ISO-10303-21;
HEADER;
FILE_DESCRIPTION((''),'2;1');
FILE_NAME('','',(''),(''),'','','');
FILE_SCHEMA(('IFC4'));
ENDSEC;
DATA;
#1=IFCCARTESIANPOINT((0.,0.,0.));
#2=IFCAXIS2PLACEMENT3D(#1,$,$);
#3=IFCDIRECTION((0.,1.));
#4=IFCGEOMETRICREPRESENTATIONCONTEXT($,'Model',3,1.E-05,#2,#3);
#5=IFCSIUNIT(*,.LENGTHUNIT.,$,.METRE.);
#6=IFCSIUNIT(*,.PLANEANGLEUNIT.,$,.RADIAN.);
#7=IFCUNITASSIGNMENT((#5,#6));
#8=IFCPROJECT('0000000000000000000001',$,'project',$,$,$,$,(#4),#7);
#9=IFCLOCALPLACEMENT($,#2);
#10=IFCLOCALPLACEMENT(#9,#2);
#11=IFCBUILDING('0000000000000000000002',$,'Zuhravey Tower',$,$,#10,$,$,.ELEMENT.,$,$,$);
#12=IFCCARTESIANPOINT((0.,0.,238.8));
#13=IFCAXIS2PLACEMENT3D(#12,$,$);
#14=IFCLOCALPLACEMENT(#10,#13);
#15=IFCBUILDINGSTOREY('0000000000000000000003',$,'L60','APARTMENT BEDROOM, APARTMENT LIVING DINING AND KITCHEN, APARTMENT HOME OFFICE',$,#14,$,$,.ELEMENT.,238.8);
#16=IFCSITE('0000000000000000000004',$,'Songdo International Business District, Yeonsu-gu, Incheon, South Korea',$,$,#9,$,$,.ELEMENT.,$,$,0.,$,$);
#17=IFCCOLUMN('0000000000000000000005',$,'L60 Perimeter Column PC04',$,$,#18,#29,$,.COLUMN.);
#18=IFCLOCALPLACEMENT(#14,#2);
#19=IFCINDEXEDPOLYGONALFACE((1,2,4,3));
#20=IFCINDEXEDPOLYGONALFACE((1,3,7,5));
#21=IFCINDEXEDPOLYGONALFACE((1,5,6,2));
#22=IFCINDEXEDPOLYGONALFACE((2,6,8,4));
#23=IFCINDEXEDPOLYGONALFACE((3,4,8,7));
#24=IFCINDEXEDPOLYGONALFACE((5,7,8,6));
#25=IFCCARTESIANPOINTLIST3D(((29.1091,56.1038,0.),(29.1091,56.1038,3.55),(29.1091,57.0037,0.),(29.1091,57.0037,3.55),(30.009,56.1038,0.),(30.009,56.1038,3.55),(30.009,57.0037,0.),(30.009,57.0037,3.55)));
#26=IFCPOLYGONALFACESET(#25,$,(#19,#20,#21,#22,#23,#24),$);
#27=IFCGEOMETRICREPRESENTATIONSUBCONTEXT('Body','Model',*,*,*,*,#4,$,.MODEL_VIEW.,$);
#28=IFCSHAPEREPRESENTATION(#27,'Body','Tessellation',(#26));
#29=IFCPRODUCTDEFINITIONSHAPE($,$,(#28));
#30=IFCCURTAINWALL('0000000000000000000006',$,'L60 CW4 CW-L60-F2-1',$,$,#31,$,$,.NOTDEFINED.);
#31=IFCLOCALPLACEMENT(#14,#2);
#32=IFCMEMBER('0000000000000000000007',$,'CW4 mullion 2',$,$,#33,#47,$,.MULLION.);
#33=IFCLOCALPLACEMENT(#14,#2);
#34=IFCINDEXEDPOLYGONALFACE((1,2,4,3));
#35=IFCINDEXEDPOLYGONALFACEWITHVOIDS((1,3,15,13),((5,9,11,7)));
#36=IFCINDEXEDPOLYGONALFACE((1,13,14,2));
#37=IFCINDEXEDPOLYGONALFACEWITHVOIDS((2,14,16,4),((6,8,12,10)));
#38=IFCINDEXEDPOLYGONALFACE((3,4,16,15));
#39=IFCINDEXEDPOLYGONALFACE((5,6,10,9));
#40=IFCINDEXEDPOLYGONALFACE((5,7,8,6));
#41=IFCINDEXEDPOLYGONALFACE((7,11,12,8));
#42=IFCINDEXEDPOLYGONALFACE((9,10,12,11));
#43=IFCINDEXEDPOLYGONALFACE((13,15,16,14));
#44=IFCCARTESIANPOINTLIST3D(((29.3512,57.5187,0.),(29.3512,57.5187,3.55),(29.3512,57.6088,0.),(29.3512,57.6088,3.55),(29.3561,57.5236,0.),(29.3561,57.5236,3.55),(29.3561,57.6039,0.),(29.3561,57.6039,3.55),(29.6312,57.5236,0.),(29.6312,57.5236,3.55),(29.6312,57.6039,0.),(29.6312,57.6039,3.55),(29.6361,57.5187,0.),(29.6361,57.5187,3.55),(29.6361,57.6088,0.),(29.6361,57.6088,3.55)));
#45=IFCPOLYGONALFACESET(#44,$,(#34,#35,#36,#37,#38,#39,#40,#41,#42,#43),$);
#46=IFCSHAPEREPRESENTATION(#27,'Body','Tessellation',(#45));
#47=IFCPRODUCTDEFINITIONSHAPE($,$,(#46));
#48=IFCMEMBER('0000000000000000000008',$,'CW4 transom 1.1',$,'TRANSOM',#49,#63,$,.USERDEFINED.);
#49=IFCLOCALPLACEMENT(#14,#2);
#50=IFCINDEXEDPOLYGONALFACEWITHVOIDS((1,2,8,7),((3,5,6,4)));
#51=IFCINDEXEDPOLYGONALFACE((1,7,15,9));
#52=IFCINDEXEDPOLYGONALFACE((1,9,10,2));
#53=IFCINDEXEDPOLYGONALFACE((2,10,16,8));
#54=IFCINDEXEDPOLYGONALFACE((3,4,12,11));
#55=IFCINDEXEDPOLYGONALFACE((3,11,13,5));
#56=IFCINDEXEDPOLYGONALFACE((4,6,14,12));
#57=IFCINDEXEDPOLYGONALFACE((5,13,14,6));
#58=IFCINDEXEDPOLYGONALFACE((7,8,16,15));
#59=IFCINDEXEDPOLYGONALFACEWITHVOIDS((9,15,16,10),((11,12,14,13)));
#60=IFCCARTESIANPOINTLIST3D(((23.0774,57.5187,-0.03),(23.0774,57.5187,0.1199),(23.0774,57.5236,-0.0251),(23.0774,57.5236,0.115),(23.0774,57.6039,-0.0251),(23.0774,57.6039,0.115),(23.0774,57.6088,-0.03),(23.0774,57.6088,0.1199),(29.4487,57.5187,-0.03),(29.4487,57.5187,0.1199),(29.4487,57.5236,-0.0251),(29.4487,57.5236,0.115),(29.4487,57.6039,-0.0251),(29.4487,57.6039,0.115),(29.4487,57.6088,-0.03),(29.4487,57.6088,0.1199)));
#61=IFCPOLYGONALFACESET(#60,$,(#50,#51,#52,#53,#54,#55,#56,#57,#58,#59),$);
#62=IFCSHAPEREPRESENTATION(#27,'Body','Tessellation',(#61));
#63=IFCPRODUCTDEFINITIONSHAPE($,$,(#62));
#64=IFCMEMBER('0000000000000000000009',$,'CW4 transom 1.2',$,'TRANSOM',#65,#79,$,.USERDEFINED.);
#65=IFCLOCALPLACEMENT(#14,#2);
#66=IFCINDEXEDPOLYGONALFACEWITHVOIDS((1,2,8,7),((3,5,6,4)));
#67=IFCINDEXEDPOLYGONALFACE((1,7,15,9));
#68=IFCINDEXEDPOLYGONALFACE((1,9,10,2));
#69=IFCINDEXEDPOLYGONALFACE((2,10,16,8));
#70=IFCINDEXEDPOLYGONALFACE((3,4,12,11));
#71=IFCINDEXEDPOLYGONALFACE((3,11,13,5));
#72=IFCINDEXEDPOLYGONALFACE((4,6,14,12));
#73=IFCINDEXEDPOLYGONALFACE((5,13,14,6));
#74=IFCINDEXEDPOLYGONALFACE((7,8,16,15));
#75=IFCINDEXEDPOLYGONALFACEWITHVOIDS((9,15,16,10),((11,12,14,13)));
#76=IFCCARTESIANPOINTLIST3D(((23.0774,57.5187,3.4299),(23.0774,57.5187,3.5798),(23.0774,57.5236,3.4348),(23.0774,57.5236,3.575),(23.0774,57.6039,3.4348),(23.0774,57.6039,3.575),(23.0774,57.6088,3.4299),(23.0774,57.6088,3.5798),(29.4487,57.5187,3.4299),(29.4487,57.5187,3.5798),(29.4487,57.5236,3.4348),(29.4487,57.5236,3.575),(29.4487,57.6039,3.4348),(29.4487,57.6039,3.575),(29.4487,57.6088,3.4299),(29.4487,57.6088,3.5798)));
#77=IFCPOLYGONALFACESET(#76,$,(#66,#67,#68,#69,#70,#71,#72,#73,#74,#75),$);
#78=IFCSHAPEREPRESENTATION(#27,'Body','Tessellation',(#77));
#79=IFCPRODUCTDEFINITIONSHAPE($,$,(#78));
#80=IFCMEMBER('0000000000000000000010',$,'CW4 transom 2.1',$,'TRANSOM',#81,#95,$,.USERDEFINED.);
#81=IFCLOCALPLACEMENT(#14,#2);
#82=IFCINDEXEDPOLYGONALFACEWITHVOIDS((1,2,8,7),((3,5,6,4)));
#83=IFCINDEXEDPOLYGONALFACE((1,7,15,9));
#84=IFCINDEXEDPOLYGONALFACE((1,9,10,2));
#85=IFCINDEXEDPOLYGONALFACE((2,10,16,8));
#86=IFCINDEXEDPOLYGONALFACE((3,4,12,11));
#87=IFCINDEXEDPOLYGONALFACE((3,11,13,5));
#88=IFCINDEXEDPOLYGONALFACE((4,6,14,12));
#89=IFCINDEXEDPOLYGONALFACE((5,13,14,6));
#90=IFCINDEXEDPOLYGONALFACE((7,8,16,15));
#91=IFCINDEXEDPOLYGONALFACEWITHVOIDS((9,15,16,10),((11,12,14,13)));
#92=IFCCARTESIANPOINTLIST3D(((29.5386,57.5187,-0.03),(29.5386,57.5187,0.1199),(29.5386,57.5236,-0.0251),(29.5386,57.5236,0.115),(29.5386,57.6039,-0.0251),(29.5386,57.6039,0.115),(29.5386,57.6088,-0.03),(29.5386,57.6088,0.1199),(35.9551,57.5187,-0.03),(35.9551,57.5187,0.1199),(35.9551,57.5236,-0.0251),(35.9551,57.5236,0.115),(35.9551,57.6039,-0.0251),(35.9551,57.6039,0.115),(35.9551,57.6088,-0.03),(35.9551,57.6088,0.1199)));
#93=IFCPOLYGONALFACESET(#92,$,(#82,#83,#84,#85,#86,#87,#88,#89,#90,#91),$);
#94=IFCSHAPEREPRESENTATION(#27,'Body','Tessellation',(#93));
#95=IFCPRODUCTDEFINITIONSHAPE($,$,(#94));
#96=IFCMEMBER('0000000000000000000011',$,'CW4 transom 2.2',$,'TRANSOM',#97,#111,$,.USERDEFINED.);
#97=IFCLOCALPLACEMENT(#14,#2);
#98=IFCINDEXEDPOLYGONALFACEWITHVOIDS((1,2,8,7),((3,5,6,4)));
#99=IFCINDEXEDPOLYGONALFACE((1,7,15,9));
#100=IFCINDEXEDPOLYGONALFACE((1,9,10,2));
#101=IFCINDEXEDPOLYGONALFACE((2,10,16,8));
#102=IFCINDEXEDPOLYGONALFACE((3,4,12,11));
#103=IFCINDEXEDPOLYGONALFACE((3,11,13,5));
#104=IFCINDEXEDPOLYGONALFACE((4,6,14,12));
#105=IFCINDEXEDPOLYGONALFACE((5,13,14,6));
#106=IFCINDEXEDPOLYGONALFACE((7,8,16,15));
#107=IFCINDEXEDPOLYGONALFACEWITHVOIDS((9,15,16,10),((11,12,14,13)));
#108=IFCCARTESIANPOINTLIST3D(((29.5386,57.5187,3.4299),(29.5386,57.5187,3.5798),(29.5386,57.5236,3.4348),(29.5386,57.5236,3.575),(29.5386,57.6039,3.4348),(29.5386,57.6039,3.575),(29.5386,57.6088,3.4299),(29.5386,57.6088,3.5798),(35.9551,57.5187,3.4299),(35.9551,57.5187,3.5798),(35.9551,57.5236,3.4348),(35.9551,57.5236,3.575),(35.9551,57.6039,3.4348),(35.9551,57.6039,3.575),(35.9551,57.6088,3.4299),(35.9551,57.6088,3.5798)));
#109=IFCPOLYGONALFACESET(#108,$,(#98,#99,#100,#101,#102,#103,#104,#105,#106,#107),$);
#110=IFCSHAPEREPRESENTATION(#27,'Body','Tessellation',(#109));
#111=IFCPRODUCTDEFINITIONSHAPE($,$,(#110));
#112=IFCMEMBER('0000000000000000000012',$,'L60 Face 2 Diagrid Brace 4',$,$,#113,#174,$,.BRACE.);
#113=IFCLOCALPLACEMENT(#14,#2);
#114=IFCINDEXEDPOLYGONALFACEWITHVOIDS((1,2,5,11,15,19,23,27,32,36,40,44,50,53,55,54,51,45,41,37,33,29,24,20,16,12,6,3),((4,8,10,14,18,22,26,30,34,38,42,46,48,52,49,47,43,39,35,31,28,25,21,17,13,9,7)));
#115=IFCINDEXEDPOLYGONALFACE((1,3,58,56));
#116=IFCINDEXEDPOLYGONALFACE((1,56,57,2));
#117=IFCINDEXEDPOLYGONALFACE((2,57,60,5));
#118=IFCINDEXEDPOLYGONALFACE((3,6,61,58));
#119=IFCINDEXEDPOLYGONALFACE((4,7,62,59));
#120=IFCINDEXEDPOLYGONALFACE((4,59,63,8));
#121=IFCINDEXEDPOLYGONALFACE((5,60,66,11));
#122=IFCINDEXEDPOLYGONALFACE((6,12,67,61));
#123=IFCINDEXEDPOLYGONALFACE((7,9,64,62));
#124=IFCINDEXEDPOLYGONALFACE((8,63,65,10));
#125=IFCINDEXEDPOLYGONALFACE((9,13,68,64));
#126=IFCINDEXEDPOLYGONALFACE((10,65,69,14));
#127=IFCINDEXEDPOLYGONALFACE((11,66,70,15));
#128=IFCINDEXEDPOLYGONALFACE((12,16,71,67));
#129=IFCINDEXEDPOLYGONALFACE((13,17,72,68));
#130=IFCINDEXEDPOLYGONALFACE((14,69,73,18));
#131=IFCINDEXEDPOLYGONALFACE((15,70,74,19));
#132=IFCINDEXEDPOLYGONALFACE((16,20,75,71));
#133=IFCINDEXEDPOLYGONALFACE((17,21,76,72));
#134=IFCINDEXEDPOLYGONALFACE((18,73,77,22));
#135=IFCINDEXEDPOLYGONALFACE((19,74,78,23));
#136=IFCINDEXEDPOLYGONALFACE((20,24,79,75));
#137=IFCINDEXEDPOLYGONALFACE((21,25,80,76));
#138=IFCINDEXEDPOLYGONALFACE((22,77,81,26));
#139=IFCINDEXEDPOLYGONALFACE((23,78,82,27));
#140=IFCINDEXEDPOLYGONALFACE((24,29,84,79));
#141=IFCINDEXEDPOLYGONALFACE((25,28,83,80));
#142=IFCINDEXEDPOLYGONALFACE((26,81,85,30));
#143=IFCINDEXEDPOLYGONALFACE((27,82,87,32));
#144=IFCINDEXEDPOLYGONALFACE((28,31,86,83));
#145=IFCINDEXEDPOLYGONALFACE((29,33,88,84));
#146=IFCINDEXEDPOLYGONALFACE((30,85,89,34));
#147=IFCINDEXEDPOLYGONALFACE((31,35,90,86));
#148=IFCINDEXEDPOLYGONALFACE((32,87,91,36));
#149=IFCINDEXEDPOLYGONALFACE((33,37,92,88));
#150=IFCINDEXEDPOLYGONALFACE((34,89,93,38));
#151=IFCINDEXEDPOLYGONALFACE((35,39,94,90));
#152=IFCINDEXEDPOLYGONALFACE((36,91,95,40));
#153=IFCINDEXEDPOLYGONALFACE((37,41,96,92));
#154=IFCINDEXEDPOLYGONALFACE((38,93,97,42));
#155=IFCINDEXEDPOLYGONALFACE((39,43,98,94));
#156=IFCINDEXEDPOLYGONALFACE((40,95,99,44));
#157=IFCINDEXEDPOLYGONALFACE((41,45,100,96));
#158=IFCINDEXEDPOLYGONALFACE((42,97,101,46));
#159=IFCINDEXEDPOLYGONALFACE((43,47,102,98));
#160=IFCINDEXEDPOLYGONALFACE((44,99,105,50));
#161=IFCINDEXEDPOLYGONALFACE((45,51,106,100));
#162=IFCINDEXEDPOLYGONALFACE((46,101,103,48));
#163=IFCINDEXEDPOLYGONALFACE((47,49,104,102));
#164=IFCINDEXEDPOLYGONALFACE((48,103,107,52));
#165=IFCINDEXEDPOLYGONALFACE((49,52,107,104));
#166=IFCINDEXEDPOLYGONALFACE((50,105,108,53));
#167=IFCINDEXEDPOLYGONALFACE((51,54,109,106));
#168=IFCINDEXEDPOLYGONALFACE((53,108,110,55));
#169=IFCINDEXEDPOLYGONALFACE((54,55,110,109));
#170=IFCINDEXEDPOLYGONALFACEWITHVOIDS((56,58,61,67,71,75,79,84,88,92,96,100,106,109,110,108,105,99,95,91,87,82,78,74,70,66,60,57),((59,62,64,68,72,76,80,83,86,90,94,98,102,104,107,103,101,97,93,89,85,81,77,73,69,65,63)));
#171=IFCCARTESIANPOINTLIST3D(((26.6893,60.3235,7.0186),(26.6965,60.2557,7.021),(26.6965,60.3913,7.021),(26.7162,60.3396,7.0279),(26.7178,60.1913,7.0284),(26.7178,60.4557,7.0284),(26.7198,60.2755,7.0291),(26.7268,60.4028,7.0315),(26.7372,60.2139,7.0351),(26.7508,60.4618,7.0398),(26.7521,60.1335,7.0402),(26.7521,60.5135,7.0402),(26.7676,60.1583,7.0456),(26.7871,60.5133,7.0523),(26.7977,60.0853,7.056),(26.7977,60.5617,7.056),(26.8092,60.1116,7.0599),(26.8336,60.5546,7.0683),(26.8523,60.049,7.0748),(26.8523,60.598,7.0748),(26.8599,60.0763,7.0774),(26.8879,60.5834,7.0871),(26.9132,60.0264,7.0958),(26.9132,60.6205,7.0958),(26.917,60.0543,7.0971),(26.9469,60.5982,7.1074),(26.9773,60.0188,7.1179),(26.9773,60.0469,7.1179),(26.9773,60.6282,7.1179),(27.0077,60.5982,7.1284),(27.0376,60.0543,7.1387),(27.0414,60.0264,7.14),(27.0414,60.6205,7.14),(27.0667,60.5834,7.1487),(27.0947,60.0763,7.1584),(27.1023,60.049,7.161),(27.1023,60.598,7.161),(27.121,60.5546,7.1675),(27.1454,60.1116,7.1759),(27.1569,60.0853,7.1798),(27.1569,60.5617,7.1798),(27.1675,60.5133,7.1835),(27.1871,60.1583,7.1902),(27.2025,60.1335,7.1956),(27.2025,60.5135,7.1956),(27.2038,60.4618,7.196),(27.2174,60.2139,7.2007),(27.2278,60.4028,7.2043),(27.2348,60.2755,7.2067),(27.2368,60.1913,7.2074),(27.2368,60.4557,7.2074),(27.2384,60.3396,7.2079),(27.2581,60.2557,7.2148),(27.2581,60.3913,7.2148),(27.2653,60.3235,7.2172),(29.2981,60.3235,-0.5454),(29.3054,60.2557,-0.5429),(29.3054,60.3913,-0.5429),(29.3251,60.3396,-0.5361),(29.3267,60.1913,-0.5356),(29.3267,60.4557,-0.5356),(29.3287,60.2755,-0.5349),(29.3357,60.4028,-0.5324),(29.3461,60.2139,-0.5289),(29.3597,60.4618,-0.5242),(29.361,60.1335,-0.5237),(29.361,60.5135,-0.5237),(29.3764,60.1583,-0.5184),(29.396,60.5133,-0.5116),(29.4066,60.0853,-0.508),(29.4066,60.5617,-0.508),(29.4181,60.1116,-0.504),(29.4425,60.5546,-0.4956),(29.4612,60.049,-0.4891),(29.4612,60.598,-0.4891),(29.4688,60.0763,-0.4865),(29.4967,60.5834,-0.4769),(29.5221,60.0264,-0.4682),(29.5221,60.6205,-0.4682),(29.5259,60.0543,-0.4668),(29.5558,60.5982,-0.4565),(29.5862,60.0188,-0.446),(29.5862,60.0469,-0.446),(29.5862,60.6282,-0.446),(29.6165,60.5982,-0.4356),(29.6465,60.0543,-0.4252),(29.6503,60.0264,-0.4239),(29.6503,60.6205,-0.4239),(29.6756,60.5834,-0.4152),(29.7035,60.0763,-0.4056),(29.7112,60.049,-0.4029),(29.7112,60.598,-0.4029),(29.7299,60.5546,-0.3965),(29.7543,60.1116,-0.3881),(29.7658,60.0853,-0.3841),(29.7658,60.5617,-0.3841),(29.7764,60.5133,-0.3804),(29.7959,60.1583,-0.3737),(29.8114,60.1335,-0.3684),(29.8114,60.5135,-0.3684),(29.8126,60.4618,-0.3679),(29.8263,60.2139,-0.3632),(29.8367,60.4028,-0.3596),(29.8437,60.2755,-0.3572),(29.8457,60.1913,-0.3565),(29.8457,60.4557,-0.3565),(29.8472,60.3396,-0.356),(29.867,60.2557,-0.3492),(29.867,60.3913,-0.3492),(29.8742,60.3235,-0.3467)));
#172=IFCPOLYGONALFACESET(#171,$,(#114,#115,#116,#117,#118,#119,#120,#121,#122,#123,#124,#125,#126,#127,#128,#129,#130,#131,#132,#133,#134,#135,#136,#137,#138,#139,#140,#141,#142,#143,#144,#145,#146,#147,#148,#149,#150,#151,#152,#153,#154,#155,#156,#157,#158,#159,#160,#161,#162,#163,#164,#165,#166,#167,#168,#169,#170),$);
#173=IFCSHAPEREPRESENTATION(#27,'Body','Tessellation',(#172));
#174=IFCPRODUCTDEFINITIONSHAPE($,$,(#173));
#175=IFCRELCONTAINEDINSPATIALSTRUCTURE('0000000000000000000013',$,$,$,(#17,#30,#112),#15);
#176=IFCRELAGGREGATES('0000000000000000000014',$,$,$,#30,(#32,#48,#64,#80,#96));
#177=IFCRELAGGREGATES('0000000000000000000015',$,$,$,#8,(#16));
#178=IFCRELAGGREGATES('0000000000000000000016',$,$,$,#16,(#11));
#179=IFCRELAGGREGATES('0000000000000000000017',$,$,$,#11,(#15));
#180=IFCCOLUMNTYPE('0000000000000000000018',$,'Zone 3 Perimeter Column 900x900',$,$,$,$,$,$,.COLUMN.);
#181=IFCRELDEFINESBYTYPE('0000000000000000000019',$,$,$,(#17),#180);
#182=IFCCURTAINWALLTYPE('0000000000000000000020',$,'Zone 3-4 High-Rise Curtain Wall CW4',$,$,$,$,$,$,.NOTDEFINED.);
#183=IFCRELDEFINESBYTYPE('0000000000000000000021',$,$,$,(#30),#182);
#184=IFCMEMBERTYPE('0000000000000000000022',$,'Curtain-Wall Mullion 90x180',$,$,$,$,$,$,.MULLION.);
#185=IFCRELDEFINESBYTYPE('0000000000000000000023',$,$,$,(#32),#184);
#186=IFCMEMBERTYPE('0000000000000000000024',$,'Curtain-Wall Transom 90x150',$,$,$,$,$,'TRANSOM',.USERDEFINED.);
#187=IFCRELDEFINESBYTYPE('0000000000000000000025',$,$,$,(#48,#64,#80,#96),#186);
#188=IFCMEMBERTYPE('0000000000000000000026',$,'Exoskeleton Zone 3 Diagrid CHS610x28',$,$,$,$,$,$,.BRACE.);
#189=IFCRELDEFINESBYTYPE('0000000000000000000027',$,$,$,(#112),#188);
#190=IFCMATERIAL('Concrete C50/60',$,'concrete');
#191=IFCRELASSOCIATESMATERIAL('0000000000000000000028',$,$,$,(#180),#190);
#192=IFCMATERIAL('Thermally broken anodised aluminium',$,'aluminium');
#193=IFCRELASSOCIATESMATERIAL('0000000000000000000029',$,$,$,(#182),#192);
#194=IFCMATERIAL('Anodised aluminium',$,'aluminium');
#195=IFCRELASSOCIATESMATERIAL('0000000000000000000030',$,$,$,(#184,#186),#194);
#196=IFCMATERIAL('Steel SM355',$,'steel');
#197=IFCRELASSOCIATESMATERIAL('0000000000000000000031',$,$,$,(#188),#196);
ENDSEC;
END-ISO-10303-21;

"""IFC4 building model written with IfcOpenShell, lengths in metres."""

from ifc_helpers import new_model, si_unit, direction, frame, origin, origin_2d, place, context, subcontext, project, spatial, rectangle, hollow_rectangle, hollow_circle, extrude, material, material_profile, profile_set, type_object, element, aggregate, save


model = new_model("IFC4")

# Units and contexts
model_context = context("Model", 3, precision=1e-05, world=origin(), true_north=direction((0.0, 1.0)))
body_context = subcontext(model_context, "Body", "Model", "MODEL_VIEW")
ifc_project = project(units=[si_unit("LENGTHUNIT", "METRE"), si_unit("PLANEANGLEUNIT", "RADIAN")], contexts=[model_context])

# Site, building, storey
site_placement = place(None, origin())
site = spatial("IfcSite", under=ifc_project, at=site_placement, Name="Songdo International Business District, Yeonsu-gu, Incheon, South Korea", CompositionType="ELEMENT", RefElevation=0.0)
building_placement = place(site_placement, origin())
building = spatial("IfcBuilding", under=site, at=building_placement, Name="Zuhravey Tower", CompositionType="ELEMENT")
storey_placement = place(building_placement, frame((0.0, 0.0, 238.8)))
storey = spatial("IfcBuildingStorey", under=building, at=storey_placement, Name="L60", Description="APARTMENT BEDROOM, APARTMENT LIVING DINING AND KITCHEN, APARTMENT HOME OFFICE", CompositionType="ELEMENT", Elevation=238.8)

# Column
ifc_material_1 = material(Name="Concrete C50/60", Category="concrete")
ifc_material_profile_1 = material_profile(ifc_material_1, rectangle(XDim=0.8999, YDim=0.8999, at=origin_2d()), Name="RC-900x900")
ifc_profile_set_1 = profile_set([ifc_material_profile_1], Name="Concrete C50/60")
column_type = type_object("IfcColumnType", Name="Zone 3 Perimeter Column 900x900", PredefinedType="COLUMN", material=ifc_profile_set_1)
column_placement = place(storey_placement, frame((29.5591, 56.5537, 0.0), z_axis=(0.0, 0.0, 1.0), x_axis=(-1.0, 0.0, 0.0)))
element("IfcColumn", 1, at=column_placement, inside=storey, type_object=column_type, Name="L60 Perimeter Column PC04", PredefinedType="COLUMN", context=body_context, shape_type="SweptSolid", body=[
    extrude(rectangle(XDim=0.8999, YDim=0.8999, at=origin_2d()), origin(), (0.0, 0.0, 1.0), 3.55),
])

# Curtain wall, members
ifc_material_2 = material(Name="Thermally broken anodised aluminium", Category="aluminium")
curtain_wall_type = type_object("IfcCurtainWallType", Name="Zone 3-4 High-Rise Curtain Wall CW4", PredefinedType="NOTDEFINED", material=ifc_material_2)
curtain_wall_placement = place(storey_placement, origin())
curtain_wall = element("IfcCurtainWall", 2, at=curtain_wall_placement, inside=storey, type_object=curtain_wall_type, Name="L60 CW4 CW-L60-F2-1", PredefinedType="NOTDEFINED")
ifc_material_3 = material(Name="Anodised aluminium", Category="aluminium")
ifc_material_profile_2 = material_profile(ifc_material_3, hollow_rectangle(XDim=0.0901, YDim=0.2849, WallThickness=0.0049, at=origin_2d()), Name="ALU-RHS-90x285x5")
ifc_profile_set_2 = profile_set([ifc_material_profile_2], Name="Anodised aluminium")
member_type_1 = type_object("IfcMemberType", Name="Curtain-Wall Mullion 90x180", PredefinedType="MULLION", material=ifc_profile_set_2)
member_1_placement = place(storey_placement, frame((29.4937, 57.5637, 0.0), z_axis=(0.0, 0.0, 1.0), x_axis=(0.0, 1.0, 0.0)))
member_1 = element("IfcMember", 3, at=member_1_placement, type_object=member_type_1, Name="CW4 mullion 2", PredefinedType="MULLION", context=body_context, shape_type="SweptSolid", body=[
    extrude(hollow_rectangle(XDim=0.0901, YDim=0.2849, WallThickness=0.0049, at=origin_2d()), origin(), (0.0, 0.0, 1.0), 3.55),
])
ifc_material_profile_3 = material_profile(ifc_material_3, hollow_rectangle(XDim=0.0901, YDim=0.1499, WallThickness=0.0049, at=origin_2d()), Name="ALU-RHS-90x150x5")
ifc_profile_set_3 = profile_set([ifc_material_profile_3], Name="Anodised aluminium")
member_type_2 = type_object("IfcMemberType", Name="Curtain-Wall Transom 90x150", ElementType="TRANSOM", PredefinedType="USERDEFINED", material=ifc_profile_set_3)
member_2_placement = place(storey_placement, frame((23.0774, 57.5637, 0.0449), z_axis=(1.0, 0.0, 0.0), x_axis=(0.0, 1.0, 0.0)))
member_2 = element("IfcMember", 4, at=member_2_placement, type_object=member_type_2, Name="CW4 transom 1.1", ObjectType="TRANSOM", PredefinedType="USERDEFINED", context=body_context, shape_type="SweptSolid", body=[
    extrude(hollow_rectangle(XDim=0.0901, YDim=0.1499, WallThickness=0.0049, at=origin_2d()), origin(), (0.0, 0.0, 1.0), 6.3713),
])
member_3_placement = place(storey_placement, frame((23.0774, 57.5637, 3.5049), z_axis=(1.0, 0.0, 0.0), x_axis=(0.0, 1.0, 0.0)))
member_3 = element("IfcMember", 5, at=member_3_placement, type_object=member_type_2, Name="CW4 transom 1.2", ObjectType="TRANSOM", PredefinedType="USERDEFINED", context=body_context, shape_type="SweptSolid", body=[
    extrude(hollow_rectangle(XDim=0.0901, YDim=0.1499, WallThickness=0.0049, at=origin_2d()), origin(), (0.0, 0.0, 1.0), 6.3713),
])
member_4_placement = place(storey_placement, frame((29.5386, 57.5637, 0.0449), z_axis=(1.0, 0.0, 0.0), x_axis=(0.0, 1.0, 0.0)))
member_4 = element("IfcMember", 6, at=member_4_placement, type_object=member_type_2, Name="CW4 transom 2.1", ObjectType="TRANSOM", PredefinedType="USERDEFINED", context=body_context, shape_type="SweptSolid", body=[
    extrude(hollow_rectangle(XDim=0.0901, YDim=0.1499, WallThickness=0.0049, at=origin_2d()), origin(), (0.0, 0.0, 1.0), 6.4165),
])
member_5_placement = place(storey_placement, frame((29.5386, 57.5637, 3.5049), z_axis=(1.0, 0.0, 0.0), x_axis=(0.0, 1.0, 0.0)))
member_5 = element("IfcMember", 7, at=member_5_placement, type_object=member_type_2, Name="CW4 transom 2.2", ObjectType="TRANSOM", PredefinedType="USERDEFINED", context=body_context, shape_type="SweptSolid", body=[
    extrude(hollow_rectangle(XDim=0.0901, YDim=0.1499, WallThickness=0.0049, at=origin_2d()), origin(), (0.0, 0.0, 1.0), 6.4165),
])

# Member
ifc_material_4 = material(Name="Steel SM355", Category="steel")
ifc_material_profile_4 = material_profile(ifc_material_4, hollow_circle(Radius=0.3047, WallThickness=0.0281, at=origin_2d()), Name="CHS-609.6x28")
ifc_profile_set_4 = profile_set([ifc_material_profile_4], Name="Steel SM355")
member_type_3 = type_object("IfcMemberType", Name="Exoskeleton Zone 3 Diagrid CHS610x28", PredefinedType="BRACE", material=ifc_profile_set_4)
member_6_placement = place(storey_placement, frame((29.5862, 60.3235, -0.446), z_axis=(-0.32606, 0.0, 0.945349), x_axis=(0.0, -1.0, 0.0)))
element("IfcMember", 8, at=member_6_placement, inside=storey, type_object=member_type_3, Name="L60 Face 2 Diagrid Brace 4", PredefinedType="BRACE", context=body_context, shape_type="SweptSolid", body=[
    extrude(hollow_circle(Radius=0.3047, WallThickness=0.0281, at=origin_2d()), origin(), (0.0, 0.0, 1.0), 8.0012),
])

aggregate(curtain_wall, [member_1, member_2, member_3, member_4, member_5])

save(model, "model.ifc")
